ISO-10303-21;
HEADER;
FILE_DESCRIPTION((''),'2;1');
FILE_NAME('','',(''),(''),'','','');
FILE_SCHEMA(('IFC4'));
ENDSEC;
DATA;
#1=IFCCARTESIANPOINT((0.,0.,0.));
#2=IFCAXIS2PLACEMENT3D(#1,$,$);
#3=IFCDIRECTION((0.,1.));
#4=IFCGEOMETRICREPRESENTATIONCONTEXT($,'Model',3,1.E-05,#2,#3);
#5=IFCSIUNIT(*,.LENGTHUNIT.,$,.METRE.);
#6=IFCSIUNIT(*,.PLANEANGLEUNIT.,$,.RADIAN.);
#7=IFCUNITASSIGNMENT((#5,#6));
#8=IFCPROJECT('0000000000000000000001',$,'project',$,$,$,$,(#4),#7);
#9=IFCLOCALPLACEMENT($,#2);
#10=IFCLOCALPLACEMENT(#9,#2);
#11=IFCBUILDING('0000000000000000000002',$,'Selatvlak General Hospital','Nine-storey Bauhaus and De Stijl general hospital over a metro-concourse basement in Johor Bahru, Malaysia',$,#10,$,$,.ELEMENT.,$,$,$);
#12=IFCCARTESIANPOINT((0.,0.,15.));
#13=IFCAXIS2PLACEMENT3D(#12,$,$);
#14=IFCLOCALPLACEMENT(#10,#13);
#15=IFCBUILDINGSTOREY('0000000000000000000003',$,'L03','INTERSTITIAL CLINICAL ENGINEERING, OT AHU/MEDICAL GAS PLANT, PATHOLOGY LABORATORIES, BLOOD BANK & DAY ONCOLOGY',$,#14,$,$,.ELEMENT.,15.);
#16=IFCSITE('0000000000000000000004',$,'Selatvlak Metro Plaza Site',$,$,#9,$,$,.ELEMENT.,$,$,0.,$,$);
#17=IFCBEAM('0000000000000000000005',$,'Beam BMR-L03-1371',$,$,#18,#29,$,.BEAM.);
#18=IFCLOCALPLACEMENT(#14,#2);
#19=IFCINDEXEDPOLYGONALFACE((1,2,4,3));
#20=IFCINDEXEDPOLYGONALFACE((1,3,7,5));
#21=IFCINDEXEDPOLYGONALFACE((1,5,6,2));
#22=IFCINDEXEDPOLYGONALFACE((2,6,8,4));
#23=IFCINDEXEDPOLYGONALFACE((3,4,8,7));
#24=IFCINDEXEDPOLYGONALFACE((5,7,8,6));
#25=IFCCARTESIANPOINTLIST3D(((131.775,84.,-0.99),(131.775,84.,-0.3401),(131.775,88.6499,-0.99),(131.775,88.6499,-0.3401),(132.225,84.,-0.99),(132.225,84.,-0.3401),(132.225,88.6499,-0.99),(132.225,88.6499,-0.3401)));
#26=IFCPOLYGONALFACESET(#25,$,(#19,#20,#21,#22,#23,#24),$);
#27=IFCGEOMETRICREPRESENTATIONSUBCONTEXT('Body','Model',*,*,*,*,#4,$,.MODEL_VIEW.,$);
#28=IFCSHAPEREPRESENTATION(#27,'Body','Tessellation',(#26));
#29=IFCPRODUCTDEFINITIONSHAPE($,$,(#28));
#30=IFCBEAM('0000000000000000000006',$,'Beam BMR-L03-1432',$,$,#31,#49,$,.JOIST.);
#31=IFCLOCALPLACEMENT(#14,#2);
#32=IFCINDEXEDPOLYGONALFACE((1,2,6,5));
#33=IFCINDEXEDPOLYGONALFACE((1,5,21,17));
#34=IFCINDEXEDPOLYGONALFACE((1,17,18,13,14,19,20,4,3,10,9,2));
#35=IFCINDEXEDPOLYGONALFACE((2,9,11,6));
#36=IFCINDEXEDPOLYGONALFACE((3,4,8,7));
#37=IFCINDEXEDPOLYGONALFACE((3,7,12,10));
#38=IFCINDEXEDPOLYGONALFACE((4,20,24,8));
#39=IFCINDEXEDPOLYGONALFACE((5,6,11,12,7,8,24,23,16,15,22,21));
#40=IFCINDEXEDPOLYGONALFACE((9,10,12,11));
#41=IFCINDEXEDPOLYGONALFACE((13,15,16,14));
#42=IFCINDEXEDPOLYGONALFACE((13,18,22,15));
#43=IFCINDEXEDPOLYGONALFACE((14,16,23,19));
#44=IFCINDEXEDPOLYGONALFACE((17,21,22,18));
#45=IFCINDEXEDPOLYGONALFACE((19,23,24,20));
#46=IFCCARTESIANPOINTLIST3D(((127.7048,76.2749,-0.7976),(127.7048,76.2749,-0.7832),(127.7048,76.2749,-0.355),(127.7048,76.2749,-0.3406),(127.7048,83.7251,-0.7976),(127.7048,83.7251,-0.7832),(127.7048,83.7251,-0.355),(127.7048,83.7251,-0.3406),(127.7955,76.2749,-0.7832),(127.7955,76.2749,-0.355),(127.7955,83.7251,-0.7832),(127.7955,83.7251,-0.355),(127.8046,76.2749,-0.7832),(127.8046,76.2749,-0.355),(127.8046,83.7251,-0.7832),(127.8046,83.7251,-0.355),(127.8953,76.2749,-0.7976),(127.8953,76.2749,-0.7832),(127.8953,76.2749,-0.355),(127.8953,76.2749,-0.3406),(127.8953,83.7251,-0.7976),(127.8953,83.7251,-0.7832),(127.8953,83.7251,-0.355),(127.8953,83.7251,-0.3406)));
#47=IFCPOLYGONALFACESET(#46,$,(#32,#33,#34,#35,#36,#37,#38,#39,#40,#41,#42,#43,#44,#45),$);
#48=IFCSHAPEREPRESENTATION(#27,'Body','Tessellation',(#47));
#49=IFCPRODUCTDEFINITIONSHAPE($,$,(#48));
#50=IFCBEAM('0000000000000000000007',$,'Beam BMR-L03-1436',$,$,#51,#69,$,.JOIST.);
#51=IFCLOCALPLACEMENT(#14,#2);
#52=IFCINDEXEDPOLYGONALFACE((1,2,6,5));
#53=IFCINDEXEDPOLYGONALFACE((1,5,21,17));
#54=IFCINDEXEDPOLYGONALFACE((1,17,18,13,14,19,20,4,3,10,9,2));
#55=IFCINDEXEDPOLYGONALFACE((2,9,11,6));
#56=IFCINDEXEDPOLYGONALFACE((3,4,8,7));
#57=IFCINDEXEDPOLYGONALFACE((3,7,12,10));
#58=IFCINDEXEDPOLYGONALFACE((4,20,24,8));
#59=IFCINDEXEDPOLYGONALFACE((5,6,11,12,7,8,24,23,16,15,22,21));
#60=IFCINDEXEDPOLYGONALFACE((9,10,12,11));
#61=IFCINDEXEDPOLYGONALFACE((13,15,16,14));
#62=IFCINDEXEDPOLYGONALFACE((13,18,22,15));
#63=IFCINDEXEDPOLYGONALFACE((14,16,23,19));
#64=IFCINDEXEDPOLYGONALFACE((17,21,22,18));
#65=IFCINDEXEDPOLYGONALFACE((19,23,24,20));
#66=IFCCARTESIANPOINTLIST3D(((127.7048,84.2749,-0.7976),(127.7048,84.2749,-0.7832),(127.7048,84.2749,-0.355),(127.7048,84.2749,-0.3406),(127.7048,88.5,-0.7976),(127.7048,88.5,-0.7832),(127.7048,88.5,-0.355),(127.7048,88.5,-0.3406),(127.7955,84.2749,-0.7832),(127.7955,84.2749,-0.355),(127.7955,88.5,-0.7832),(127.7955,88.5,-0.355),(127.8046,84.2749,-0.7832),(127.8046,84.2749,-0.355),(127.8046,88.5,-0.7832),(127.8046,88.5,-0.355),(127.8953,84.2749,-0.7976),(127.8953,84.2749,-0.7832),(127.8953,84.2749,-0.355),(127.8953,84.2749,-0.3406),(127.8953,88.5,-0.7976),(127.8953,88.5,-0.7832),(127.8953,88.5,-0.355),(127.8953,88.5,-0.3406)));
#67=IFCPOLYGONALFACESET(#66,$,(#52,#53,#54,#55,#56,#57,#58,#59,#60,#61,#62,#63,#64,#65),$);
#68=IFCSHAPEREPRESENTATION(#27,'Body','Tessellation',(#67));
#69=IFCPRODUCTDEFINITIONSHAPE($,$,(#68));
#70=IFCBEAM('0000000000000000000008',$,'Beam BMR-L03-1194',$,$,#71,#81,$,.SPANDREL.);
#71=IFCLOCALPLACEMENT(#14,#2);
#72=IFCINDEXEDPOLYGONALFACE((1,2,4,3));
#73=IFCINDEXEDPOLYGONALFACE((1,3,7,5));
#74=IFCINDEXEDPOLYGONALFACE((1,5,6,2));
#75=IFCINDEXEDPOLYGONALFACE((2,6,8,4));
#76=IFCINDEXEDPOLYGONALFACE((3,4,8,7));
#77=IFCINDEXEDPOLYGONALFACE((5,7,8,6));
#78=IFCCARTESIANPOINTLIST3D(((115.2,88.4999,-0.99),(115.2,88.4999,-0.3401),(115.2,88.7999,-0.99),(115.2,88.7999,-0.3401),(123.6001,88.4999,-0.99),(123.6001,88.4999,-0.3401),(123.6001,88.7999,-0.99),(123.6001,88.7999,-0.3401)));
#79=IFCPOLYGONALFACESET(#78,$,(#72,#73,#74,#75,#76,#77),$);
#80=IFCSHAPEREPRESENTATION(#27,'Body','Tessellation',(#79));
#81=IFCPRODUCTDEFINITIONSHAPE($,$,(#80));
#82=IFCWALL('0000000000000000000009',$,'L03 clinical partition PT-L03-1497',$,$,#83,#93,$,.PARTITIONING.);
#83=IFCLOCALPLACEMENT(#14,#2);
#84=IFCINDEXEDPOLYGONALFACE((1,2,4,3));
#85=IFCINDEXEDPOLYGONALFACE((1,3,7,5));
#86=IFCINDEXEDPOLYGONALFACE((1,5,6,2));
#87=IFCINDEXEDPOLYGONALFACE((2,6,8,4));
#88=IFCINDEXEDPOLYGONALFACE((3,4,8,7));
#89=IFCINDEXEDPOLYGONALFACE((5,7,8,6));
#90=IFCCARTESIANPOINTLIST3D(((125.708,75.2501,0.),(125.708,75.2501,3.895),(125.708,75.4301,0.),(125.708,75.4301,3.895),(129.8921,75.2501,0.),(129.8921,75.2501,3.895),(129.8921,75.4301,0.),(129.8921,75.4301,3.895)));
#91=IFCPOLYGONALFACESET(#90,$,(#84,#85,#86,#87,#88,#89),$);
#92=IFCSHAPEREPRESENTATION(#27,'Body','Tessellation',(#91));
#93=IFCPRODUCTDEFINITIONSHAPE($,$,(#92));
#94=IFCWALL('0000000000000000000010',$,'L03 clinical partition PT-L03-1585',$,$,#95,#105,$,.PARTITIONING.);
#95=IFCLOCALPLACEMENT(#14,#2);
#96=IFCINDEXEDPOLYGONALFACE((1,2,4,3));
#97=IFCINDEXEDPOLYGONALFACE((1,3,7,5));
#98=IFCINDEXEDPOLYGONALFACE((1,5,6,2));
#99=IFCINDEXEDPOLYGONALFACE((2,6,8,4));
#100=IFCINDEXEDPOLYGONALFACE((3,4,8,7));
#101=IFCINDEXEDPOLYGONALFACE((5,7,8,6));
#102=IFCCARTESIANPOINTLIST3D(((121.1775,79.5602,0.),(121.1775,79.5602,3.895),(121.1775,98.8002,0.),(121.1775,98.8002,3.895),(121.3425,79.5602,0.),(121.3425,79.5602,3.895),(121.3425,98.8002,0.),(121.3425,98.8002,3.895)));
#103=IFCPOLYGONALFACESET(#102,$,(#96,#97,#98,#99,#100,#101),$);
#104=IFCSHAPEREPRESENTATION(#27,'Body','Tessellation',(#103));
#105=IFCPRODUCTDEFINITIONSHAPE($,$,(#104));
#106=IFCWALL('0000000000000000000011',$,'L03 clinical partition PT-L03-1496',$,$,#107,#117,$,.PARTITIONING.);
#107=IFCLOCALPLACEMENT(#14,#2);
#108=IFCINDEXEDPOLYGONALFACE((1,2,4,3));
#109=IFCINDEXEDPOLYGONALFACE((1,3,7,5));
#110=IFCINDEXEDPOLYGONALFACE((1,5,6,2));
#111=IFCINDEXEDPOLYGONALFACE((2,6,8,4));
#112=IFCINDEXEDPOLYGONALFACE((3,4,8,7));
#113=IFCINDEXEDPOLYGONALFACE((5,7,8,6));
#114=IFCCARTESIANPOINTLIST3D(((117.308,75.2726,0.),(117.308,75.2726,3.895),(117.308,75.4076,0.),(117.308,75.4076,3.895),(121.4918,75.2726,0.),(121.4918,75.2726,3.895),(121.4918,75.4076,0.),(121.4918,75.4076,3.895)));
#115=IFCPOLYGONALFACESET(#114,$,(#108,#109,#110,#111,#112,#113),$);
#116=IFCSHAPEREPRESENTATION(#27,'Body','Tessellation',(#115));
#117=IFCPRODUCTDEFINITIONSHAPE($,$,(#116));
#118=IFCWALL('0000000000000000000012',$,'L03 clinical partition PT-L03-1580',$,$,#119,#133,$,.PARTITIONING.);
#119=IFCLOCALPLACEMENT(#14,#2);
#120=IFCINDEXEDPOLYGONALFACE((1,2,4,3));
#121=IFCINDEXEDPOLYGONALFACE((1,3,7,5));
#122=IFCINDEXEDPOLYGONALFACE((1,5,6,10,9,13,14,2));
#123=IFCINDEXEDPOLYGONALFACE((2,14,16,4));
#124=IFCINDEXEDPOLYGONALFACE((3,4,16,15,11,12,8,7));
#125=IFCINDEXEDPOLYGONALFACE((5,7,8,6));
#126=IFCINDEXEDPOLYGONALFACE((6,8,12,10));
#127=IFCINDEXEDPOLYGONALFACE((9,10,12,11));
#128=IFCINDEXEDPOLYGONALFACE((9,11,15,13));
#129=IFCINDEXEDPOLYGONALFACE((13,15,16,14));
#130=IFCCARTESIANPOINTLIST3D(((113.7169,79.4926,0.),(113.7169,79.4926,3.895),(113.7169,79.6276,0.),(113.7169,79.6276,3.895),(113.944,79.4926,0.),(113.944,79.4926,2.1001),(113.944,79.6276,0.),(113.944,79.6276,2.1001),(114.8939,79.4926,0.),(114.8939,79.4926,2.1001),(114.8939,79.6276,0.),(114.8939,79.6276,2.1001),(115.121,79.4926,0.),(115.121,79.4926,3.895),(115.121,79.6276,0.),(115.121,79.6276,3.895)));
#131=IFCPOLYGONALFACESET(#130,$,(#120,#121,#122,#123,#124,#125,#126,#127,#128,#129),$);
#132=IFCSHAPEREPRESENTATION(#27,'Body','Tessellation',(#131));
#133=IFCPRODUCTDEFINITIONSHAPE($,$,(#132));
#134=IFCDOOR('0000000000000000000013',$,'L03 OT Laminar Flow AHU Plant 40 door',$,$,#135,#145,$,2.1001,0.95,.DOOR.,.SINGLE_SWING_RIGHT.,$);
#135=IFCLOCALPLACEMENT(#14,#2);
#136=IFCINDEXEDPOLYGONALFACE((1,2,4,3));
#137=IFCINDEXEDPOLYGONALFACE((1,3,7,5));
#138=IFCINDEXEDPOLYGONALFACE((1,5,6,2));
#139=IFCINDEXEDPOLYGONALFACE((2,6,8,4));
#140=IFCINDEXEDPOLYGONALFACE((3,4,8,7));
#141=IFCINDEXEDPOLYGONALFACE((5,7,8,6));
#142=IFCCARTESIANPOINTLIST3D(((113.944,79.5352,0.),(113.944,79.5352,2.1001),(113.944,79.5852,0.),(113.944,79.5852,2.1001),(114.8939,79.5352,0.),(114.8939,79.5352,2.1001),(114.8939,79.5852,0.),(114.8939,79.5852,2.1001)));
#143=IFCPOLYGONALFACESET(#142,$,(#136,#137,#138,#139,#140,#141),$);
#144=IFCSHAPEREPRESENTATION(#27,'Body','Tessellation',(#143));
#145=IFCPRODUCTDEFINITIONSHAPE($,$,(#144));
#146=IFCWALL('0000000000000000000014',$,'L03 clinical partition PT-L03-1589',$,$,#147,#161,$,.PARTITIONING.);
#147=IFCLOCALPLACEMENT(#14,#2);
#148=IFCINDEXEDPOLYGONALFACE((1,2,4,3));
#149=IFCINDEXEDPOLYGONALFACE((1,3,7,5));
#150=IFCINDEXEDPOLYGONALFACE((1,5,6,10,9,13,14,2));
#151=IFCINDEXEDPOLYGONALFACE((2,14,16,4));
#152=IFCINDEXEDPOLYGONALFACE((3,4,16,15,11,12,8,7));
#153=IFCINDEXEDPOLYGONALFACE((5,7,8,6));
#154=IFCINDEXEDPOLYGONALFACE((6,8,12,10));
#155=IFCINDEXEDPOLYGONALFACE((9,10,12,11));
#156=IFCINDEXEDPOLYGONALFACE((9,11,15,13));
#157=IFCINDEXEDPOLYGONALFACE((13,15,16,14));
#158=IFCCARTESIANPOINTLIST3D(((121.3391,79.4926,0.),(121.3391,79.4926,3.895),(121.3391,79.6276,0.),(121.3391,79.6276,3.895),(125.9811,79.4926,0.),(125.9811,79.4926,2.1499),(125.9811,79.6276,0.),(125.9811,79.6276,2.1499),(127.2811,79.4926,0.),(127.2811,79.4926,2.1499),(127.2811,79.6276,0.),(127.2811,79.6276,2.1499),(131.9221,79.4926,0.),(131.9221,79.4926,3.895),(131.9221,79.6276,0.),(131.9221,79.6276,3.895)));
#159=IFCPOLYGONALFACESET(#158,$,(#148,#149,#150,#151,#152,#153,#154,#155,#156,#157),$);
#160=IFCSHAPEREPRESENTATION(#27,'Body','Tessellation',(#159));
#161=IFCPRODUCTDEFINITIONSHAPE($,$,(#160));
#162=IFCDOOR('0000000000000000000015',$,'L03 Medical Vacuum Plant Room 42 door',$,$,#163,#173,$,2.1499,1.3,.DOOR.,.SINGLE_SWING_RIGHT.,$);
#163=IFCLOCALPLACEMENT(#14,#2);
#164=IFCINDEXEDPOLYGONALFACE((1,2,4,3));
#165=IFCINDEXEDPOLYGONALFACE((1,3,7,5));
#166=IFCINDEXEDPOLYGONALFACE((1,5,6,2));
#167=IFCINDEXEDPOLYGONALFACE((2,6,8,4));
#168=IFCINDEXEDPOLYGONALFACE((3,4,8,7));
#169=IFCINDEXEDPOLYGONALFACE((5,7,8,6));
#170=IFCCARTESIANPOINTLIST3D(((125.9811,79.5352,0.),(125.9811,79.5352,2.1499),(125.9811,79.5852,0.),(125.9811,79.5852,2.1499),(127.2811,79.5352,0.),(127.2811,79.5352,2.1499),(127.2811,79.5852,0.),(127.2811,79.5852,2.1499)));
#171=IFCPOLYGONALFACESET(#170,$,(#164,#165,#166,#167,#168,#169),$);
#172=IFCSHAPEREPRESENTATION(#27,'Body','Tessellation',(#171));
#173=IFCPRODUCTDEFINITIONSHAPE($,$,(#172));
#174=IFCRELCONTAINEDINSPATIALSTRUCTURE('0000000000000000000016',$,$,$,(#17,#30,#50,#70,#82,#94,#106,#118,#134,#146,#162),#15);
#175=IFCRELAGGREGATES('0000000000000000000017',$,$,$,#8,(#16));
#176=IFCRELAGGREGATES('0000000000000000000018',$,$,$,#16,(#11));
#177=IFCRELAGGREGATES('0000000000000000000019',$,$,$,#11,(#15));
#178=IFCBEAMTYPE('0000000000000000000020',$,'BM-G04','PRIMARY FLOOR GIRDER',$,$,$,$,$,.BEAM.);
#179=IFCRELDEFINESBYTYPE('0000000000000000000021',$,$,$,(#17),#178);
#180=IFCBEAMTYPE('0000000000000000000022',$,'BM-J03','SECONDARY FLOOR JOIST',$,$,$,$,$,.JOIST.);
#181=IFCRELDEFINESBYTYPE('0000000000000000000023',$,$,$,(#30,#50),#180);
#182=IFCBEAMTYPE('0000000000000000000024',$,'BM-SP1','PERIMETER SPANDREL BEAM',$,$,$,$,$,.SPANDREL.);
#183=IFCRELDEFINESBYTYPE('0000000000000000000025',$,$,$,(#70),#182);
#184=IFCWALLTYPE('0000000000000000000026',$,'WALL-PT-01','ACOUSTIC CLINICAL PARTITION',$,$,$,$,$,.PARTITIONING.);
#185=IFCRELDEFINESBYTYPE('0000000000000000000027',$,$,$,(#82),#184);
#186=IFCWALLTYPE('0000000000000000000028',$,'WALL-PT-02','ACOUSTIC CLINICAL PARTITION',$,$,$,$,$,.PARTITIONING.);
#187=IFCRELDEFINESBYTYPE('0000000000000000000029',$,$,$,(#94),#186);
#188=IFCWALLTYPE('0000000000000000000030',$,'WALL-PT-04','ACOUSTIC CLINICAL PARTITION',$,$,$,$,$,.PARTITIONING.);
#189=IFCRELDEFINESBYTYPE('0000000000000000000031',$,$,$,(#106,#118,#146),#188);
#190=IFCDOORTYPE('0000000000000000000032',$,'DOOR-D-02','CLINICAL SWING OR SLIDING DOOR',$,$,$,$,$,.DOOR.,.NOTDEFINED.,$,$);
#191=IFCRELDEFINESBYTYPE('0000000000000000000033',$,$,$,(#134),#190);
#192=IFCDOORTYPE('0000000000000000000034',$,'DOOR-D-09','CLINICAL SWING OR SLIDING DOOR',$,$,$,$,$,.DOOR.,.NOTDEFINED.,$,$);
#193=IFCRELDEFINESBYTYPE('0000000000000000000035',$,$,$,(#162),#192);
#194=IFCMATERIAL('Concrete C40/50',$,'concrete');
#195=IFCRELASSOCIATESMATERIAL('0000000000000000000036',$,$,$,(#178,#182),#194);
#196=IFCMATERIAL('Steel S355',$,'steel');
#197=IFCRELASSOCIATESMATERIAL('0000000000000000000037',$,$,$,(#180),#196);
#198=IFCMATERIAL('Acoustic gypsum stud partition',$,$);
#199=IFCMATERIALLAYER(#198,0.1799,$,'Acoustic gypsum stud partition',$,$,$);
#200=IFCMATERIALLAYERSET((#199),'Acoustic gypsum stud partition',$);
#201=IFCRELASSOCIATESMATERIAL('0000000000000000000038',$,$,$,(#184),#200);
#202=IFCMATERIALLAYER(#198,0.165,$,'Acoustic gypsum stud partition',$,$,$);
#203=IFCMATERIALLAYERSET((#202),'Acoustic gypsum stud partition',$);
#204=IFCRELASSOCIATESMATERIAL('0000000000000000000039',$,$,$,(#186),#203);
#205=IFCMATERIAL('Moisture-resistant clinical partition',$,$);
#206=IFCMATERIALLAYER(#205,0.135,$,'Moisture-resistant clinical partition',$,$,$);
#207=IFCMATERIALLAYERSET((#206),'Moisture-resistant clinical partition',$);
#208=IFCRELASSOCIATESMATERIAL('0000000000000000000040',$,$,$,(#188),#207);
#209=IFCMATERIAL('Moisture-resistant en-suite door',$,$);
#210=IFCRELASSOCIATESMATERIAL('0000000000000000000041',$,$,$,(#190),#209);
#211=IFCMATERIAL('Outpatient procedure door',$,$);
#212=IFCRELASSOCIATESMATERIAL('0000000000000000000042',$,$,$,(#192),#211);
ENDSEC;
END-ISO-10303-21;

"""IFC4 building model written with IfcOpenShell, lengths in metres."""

from ifc_helpers import new_model, si_unit, direction, frame, frame_2d, origin, origin_2d, place, context, subcontext, project, spatial, rectangle, i_section, extrude, material, layer, layer_set, material_profile, profile_set, type_object, element, fill, save


model = new_model("IFC4")

# Units and contexts
model_context = context("Model", 3, precision=1e-05, world=origin(), true_north=direction((0.0, 1.0)))
body_context = subcontext(model_context, "Body", "Model", "MODEL_VIEW")
ifc_project = project(units=[si_unit("LENGTHUNIT", "METRE"), si_unit("PLANEANGLEUNIT", "RADIAN")], contexts=[model_context])

# Site, building, storey
site_placement = place(None, origin())
site = spatial("IfcSite", under=ifc_project, at=site_placement, Name="Selatvlak Metro Plaza Site", CompositionType="ELEMENT", RefElevation=0.0)
building_placement = place(site_placement, origin())
building = spatial("IfcBuilding", under=site, at=building_placement, Name="Selatvlak General Hospital", Description="Nine-storey Bauhaus and De Stijl general hospital over a metro-concourse basement in Johor Bahru, Malaysia", CompositionType="ELEMENT")
storey_placement = place(building_placement, frame((0.0, 0.0, 15.0)))
storey = spatial("IfcBuildingStorey", under=building, at=storey_placement, Name="L03", Description="INTERSTITIAL CLINICAL ENGINEERING, OT AHU/MEDICAL GAS PLANT, PATHOLOGY LABORATORIES, BLOOD BANK & DAY ONCOLOGY", CompositionType="ELEMENT", Elevation=15.0)

# Beams
ifc_material_1 = material(Name="Concrete C40/50", Category="concrete")
ifc_material_profile_1 = material_profile(ifc_material_1, rectangle(XDim=0.45, YDim=0.6499, at=origin_2d()), Name="RC-BM 450x650")
ifc_profile_set_1 = profile_set([ifc_material_profile_1], Name="Concrete C40/50")
beam_type_1 = type_object("IfcBeamType", Name="BM-G04", Description="PRIMARY FLOOR GIRDER", PredefinedType="BEAM", material=ifc_profile_set_1)
beam_1_placement = place(storey_placement, frame((132.0, 84.0, -0.665), z_axis=(0.0, 1.0, 0.0), x_axis=(-1.0, 0.0, 0.0)))
element("IfcBeam", 1, at=beam_1_placement, inside=storey, type_object=beam_type_1, Name="Beam BMR-L03-1371", PredefinedType="BEAM", context=body_context, shape_type="SweptSolid", body=[
    extrude(rectangle(XDim=0.45, YDim=0.6499, at=origin_2d()), origin(), (0.0, 0.0, 1.0), 4.6499),
])
ifc_material_2 = material(Name="Steel S355", Category="steel")
ifc_material_profile_2 = material_profile(ifc_material_2, i_section(OverallWidth=0.1904, OverallDepth=0.457, WebThickness=0.009, FlangeThickness=0.0144, at=origin_2d()), Name="UB 457x191x74")
ifc_profile_set_2 = profile_set([ifc_material_profile_2], Name="Steel S355")
beam_type_2 = type_object("IfcBeamType", Name="BM-J03", Description="SECONDARY FLOOR JOIST", PredefinedType="JOIST", material=ifc_profile_set_2)
beam_2_placement = place(storey_placement, frame((127.8, 76.2749, -0.5691), z_axis=(0.0, 1.0, 0.0), x_axis=(-1.0, 0.0, 0.0)))
element("IfcBeam", 2, at=beam_2_placement, inside=storey, type_object=beam_type_2, Name="Beam BMR-L03-1432", PredefinedType="JOIST", context=body_context, shape_type="SweptSolid", body=[
    extrude(i_section(OverallWidth=0.1904, OverallDepth=0.457, WebThickness=0.009, FlangeThickness=0.0144, at=origin_2d()), origin(), (0.0, 0.0, 1.0), 7.4502),
])
beam_3_placement = place(storey_placement, frame((127.8, 84.2749, -0.5691), z_axis=(0.0, 1.0, 0.0), x_axis=(-1.0, 0.0, 0.0)))
element("IfcBeam", 3, at=beam_3_placement, inside=storey, type_object=beam_type_2, Name="Beam BMR-L03-1436", PredefinedType="JOIST", context=body_context, shape_type="SweptSolid", body=[
    extrude(i_section(OverallWidth=0.1904, OverallDepth=0.457, WebThickness=0.009, FlangeThickness=0.0144, at=origin_2d()), origin(), (0.0, 0.0, 1.0), 4.2251),
])
ifc_material_profile_3 = material_profile(ifc_material_1, rectangle(XDim=0.3, YDim=0.6499, at=origin_2d()), Name="RC-SP 300x650")
ifc_profile_set_3 = profile_set([ifc_material_profile_3], Name="Concrete C40/50")
beam_type_3 = type_object("IfcBeamType", Name="BM-SP1", Description="PERIMETER SPANDREL BEAM", PredefinedType="SPANDREL", material=ifc_profile_set_3)
beam_4_placement = place(storey_placement, frame((115.2, 88.6499, -0.665), z_axis=(1.0, 0.0, 0.0), x_axis=(0.0, 1.0, 0.0)))
element("IfcBeam", 4, at=beam_4_placement, inside=storey, type_object=beam_type_3, Name="Beam BMR-L03-1194", PredefinedType="SPANDREL", context=body_context, shape_type="SweptSolid", body=[
    extrude(rectangle(XDim=0.3, YDim=0.6499, at=origin_2d()), origin(), (0.0, 0.0, 1.0), 8.4001),
])

# Walls
ifc_material_3 = material(Name="Acoustic gypsum stud partition")
ifc_layer_1 = layer(ifc_material_3, 0.1799, Name="Acoustic gypsum stud partition")
ifc_layer_set_1 = layer_set([ifc_layer_1], Name="Acoustic gypsum stud partition")
wall_type_1 = type_object("IfcWallType", Name="WALL-PT-01", Description="ACOUSTIC CLINICAL PARTITION", PredefinedType="PARTITIONING", material=ifc_layer_set_1)
wall_1_placement = place(storey_placement, frame((125.708, 75.3401, 0.0), z_axis=(0.0, 0.0, 1.0), x_axis=(1.0, 0.0, 0.0)))
element("IfcWall", 5, at=wall_1_placement, inside=storey, type_object=wall_type_1, Name="L03 clinical partition PT-L03-1497", PredefinedType="PARTITIONING", context=body_context, shape_type="SweptSolid", body=[
    extrude(rectangle(XDim=4.1841, YDim=0.1799, at=frame_2d((2.092, 0.0))), origin(), (0.0, 0.0, 1.0), 3.895),
])
ifc_layer_2 = layer(ifc_material_3, 0.165, Name="Acoustic gypsum stud partition")
ifc_layer_set_2 = layer_set([ifc_layer_2], Name="Acoustic gypsum stud partition")
wall_type_2 = type_object("IfcWallType", Name="WALL-PT-02", Description="ACOUSTIC CLINICAL PARTITION", PredefinedType="PARTITIONING", material=ifc_layer_set_2)
wall_2_placement = place(storey_placement, frame((121.26, 79.5601, 0.0), z_axis=(0.0, 0.0, 1.0), x_axis=(0.0, 1.0, 0.0)))
element("IfcWall", 6, at=wall_2_placement, inside=storey, type_object=wall_type_2, Name="L03 clinical partition PT-L03-1585", PredefinedType="PARTITIONING", context=body_context, shape_type="SweptSolid", body=[
    extrude(rectangle(XDim=19.24, YDim=0.165, at=frame_2d((9.6201, 0.0))), origin(), (0.0, 0.0, 1.0), 3.895),
])
ifc_material_4 = material(Name="Moisture-resistant clinical partition")
ifc_layer_3 = layer(ifc_material_4, 0.135, Name="Moisture-resistant clinical partition")
ifc_layer_set_3 = layer_set([ifc_layer_3], Name="Moisture-resistant clinical partition")
wall_type_3 = type_object("IfcWallType", Name="WALL-PT-04", Description="ACOUSTIC CLINICAL PARTITION", PredefinedType="PARTITIONING", material=ifc_layer_set_3)
wall_3_placement = place(storey_placement, frame((117.3081, 75.3401, 0.0), z_axis=(0.0, 0.0, 1.0), x_axis=(1.0, 0.0, 0.0)))
element("IfcWall", 7, at=wall_3_placement, inside=storey, type_object=wall_type_3, Name="L03 clinical partition PT-L03-1496", PredefinedType="PARTITIONING", context=body_context, shape_type="SweptSolid", body=[
    extrude(rectangle(XDim=4.1838, YDim=0.135, at=frame_2d((2.0918, 0.0))), origin(), (0.0, 0.0, 1.0), 3.895),
])

# Walls, openings, doors
wall_4_placement = place(storey_placement, frame((115.1211, 79.5601, 0.0), z_axis=(0.0, 0.0, 1.0), x_axis=(-1.0, 0.0, 0.0)))
wall_4 = element("IfcWall", 8, at=wall_4_placement, inside=storey, type_object=wall_type_3, Name="L03 clinical partition PT-L03-1580", PredefinedType="PARTITIONING", context=body_context, shape_type="SweptSolid", body=[
    extrude(rectangle(XDim=1.4041, YDim=0.135, at=frame_2d((0.7021, 0.0))), origin(), (0.0, 0.0, 1.0), 3.895),
])
opening_1_placement = place(wall_4_placement, frame((0.2271, 0.0, 0.0)))
opening_1 = element("IfcOpeningElement", 9, at=opening_1_placement, cuts=wall_4, PredefinedType="OPENING", context=body_context, shape_type="SweptSolid", body=[
    extrude(rectangle(XDim=0.95, YDim=2.1001, at=frame_2d((0.4751, 1.05))), frame((0.0, 0.0774, 0.0), z_axis=(0.0, -1.0, 0.0), x_axis=(1.0, 0.0, 0.0)), (0.0, 0.0, 1.0), 0.155),
])
ifc_material_5 = material(Name="Moisture-resistant en-suite door")
door_type_1 = type_object("IfcDoorType", Name="DOOR-D-02", Description="CLINICAL SWING OR SLIDING DOOR", OperationType="NOTDEFINED", PredefinedType="DOOR", material=ifc_material_5)
door_1_placement = place(opening_1_placement, origin())
door_1 = element("IfcDoor", 10, at=door_1_placement, inside=storey, type_object=door_type_1, Name="L03 OT Laminar Flow AHU Plant 40 door", OperationType="SINGLE_SWING_RIGHT", OverallHeight=2.1001, OverallWidth=0.95, PredefinedType="DOOR", context=body_context, shape_type="SweptSolid", body=[
    extrude(rectangle(XDim=0.95, YDim=2.1001, at=frame_2d((0.4751, 1.05))), frame((0.0, 0.0249, 0.0), z_axis=(0.0, -1.0, 0.0), x_axis=(1.0, 0.0, 0.0)), (0.0, 0.0, 1.0), 0.05),
])
fill(opening_1, door_1)
wall_5_placement = place(storey_placement, frame((131.9221, 79.5601, 0.0), z_axis=(0.0, 0.0, 1.0), x_axis=(-1.0, 0.0, 0.0)))
wall_5 = element("IfcWall", 11, at=wall_5_placement, inside=storey, type_object=wall_type_3, Name="L03 clinical partition PT-L03-1589", PredefinedType="PARTITIONING", context=body_context, shape_type="SweptSolid", body=[
    extrude(rectangle(XDim=10.583, YDim=0.135, at=frame_2d((5.2915, 0.0))), origin(), (0.0, 0.0, 1.0), 3.895),
])
opening_2_placement = place(wall_5_placement, frame((4.6411, 0.0, 0.0)))
opening_2 = element("IfcOpeningElement", 12, at=opening_2_placement, cuts=wall_5, PredefinedType="OPENING", context=body_context, shape_type="SweptSolid", body=[
    extrude(rectangle(XDim=1.3, YDim=2.1499, at=frame_2d((0.6499, 1.075))), frame((0.0, 0.0774, 0.0), z_axis=(0.0, -1.0, 0.0), x_axis=(1.0, 0.0, 0.0)), (0.0, 0.0, 1.0), 0.155),
])
ifc_material_6 = material(Name="Outpatient procedure door")
door_type_2 = type_object("IfcDoorType", Name="DOOR-D-09", Description="CLINICAL SWING OR SLIDING DOOR", OperationType="NOTDEFINED", PredefinedType="DOOR", material=ifc_material_6)
door_2_placement = place(opening_2_placement, origin())
door_2 = element("IfcDoor", 13, at=door_2_placement, inside=storey, type_object=door_type_2, Name="L03 Medical Vacuum Plant Room 42 door", OperationType="SINGLE_SWING_RIGHT", OverallHeight=2.1499, OverallWidth=1.3, PredefinedType="DOOR", context=body_context, shape_type="SweptSolid", body=[
    extrude(rectangle(XDim=1.3, YDim=2.1499, at=frame_2d((0.6499, 1.075))), frame((0.0, 0.0249, 0.0), z_axis=(0.0, -1.0, 0.0), x_axis=(1.0, 0.0, 0.0)), (0.0, 0.0, 1.0), 0.05),
])
fill(opening_2, door_2)

save(model, "model.ifc")
